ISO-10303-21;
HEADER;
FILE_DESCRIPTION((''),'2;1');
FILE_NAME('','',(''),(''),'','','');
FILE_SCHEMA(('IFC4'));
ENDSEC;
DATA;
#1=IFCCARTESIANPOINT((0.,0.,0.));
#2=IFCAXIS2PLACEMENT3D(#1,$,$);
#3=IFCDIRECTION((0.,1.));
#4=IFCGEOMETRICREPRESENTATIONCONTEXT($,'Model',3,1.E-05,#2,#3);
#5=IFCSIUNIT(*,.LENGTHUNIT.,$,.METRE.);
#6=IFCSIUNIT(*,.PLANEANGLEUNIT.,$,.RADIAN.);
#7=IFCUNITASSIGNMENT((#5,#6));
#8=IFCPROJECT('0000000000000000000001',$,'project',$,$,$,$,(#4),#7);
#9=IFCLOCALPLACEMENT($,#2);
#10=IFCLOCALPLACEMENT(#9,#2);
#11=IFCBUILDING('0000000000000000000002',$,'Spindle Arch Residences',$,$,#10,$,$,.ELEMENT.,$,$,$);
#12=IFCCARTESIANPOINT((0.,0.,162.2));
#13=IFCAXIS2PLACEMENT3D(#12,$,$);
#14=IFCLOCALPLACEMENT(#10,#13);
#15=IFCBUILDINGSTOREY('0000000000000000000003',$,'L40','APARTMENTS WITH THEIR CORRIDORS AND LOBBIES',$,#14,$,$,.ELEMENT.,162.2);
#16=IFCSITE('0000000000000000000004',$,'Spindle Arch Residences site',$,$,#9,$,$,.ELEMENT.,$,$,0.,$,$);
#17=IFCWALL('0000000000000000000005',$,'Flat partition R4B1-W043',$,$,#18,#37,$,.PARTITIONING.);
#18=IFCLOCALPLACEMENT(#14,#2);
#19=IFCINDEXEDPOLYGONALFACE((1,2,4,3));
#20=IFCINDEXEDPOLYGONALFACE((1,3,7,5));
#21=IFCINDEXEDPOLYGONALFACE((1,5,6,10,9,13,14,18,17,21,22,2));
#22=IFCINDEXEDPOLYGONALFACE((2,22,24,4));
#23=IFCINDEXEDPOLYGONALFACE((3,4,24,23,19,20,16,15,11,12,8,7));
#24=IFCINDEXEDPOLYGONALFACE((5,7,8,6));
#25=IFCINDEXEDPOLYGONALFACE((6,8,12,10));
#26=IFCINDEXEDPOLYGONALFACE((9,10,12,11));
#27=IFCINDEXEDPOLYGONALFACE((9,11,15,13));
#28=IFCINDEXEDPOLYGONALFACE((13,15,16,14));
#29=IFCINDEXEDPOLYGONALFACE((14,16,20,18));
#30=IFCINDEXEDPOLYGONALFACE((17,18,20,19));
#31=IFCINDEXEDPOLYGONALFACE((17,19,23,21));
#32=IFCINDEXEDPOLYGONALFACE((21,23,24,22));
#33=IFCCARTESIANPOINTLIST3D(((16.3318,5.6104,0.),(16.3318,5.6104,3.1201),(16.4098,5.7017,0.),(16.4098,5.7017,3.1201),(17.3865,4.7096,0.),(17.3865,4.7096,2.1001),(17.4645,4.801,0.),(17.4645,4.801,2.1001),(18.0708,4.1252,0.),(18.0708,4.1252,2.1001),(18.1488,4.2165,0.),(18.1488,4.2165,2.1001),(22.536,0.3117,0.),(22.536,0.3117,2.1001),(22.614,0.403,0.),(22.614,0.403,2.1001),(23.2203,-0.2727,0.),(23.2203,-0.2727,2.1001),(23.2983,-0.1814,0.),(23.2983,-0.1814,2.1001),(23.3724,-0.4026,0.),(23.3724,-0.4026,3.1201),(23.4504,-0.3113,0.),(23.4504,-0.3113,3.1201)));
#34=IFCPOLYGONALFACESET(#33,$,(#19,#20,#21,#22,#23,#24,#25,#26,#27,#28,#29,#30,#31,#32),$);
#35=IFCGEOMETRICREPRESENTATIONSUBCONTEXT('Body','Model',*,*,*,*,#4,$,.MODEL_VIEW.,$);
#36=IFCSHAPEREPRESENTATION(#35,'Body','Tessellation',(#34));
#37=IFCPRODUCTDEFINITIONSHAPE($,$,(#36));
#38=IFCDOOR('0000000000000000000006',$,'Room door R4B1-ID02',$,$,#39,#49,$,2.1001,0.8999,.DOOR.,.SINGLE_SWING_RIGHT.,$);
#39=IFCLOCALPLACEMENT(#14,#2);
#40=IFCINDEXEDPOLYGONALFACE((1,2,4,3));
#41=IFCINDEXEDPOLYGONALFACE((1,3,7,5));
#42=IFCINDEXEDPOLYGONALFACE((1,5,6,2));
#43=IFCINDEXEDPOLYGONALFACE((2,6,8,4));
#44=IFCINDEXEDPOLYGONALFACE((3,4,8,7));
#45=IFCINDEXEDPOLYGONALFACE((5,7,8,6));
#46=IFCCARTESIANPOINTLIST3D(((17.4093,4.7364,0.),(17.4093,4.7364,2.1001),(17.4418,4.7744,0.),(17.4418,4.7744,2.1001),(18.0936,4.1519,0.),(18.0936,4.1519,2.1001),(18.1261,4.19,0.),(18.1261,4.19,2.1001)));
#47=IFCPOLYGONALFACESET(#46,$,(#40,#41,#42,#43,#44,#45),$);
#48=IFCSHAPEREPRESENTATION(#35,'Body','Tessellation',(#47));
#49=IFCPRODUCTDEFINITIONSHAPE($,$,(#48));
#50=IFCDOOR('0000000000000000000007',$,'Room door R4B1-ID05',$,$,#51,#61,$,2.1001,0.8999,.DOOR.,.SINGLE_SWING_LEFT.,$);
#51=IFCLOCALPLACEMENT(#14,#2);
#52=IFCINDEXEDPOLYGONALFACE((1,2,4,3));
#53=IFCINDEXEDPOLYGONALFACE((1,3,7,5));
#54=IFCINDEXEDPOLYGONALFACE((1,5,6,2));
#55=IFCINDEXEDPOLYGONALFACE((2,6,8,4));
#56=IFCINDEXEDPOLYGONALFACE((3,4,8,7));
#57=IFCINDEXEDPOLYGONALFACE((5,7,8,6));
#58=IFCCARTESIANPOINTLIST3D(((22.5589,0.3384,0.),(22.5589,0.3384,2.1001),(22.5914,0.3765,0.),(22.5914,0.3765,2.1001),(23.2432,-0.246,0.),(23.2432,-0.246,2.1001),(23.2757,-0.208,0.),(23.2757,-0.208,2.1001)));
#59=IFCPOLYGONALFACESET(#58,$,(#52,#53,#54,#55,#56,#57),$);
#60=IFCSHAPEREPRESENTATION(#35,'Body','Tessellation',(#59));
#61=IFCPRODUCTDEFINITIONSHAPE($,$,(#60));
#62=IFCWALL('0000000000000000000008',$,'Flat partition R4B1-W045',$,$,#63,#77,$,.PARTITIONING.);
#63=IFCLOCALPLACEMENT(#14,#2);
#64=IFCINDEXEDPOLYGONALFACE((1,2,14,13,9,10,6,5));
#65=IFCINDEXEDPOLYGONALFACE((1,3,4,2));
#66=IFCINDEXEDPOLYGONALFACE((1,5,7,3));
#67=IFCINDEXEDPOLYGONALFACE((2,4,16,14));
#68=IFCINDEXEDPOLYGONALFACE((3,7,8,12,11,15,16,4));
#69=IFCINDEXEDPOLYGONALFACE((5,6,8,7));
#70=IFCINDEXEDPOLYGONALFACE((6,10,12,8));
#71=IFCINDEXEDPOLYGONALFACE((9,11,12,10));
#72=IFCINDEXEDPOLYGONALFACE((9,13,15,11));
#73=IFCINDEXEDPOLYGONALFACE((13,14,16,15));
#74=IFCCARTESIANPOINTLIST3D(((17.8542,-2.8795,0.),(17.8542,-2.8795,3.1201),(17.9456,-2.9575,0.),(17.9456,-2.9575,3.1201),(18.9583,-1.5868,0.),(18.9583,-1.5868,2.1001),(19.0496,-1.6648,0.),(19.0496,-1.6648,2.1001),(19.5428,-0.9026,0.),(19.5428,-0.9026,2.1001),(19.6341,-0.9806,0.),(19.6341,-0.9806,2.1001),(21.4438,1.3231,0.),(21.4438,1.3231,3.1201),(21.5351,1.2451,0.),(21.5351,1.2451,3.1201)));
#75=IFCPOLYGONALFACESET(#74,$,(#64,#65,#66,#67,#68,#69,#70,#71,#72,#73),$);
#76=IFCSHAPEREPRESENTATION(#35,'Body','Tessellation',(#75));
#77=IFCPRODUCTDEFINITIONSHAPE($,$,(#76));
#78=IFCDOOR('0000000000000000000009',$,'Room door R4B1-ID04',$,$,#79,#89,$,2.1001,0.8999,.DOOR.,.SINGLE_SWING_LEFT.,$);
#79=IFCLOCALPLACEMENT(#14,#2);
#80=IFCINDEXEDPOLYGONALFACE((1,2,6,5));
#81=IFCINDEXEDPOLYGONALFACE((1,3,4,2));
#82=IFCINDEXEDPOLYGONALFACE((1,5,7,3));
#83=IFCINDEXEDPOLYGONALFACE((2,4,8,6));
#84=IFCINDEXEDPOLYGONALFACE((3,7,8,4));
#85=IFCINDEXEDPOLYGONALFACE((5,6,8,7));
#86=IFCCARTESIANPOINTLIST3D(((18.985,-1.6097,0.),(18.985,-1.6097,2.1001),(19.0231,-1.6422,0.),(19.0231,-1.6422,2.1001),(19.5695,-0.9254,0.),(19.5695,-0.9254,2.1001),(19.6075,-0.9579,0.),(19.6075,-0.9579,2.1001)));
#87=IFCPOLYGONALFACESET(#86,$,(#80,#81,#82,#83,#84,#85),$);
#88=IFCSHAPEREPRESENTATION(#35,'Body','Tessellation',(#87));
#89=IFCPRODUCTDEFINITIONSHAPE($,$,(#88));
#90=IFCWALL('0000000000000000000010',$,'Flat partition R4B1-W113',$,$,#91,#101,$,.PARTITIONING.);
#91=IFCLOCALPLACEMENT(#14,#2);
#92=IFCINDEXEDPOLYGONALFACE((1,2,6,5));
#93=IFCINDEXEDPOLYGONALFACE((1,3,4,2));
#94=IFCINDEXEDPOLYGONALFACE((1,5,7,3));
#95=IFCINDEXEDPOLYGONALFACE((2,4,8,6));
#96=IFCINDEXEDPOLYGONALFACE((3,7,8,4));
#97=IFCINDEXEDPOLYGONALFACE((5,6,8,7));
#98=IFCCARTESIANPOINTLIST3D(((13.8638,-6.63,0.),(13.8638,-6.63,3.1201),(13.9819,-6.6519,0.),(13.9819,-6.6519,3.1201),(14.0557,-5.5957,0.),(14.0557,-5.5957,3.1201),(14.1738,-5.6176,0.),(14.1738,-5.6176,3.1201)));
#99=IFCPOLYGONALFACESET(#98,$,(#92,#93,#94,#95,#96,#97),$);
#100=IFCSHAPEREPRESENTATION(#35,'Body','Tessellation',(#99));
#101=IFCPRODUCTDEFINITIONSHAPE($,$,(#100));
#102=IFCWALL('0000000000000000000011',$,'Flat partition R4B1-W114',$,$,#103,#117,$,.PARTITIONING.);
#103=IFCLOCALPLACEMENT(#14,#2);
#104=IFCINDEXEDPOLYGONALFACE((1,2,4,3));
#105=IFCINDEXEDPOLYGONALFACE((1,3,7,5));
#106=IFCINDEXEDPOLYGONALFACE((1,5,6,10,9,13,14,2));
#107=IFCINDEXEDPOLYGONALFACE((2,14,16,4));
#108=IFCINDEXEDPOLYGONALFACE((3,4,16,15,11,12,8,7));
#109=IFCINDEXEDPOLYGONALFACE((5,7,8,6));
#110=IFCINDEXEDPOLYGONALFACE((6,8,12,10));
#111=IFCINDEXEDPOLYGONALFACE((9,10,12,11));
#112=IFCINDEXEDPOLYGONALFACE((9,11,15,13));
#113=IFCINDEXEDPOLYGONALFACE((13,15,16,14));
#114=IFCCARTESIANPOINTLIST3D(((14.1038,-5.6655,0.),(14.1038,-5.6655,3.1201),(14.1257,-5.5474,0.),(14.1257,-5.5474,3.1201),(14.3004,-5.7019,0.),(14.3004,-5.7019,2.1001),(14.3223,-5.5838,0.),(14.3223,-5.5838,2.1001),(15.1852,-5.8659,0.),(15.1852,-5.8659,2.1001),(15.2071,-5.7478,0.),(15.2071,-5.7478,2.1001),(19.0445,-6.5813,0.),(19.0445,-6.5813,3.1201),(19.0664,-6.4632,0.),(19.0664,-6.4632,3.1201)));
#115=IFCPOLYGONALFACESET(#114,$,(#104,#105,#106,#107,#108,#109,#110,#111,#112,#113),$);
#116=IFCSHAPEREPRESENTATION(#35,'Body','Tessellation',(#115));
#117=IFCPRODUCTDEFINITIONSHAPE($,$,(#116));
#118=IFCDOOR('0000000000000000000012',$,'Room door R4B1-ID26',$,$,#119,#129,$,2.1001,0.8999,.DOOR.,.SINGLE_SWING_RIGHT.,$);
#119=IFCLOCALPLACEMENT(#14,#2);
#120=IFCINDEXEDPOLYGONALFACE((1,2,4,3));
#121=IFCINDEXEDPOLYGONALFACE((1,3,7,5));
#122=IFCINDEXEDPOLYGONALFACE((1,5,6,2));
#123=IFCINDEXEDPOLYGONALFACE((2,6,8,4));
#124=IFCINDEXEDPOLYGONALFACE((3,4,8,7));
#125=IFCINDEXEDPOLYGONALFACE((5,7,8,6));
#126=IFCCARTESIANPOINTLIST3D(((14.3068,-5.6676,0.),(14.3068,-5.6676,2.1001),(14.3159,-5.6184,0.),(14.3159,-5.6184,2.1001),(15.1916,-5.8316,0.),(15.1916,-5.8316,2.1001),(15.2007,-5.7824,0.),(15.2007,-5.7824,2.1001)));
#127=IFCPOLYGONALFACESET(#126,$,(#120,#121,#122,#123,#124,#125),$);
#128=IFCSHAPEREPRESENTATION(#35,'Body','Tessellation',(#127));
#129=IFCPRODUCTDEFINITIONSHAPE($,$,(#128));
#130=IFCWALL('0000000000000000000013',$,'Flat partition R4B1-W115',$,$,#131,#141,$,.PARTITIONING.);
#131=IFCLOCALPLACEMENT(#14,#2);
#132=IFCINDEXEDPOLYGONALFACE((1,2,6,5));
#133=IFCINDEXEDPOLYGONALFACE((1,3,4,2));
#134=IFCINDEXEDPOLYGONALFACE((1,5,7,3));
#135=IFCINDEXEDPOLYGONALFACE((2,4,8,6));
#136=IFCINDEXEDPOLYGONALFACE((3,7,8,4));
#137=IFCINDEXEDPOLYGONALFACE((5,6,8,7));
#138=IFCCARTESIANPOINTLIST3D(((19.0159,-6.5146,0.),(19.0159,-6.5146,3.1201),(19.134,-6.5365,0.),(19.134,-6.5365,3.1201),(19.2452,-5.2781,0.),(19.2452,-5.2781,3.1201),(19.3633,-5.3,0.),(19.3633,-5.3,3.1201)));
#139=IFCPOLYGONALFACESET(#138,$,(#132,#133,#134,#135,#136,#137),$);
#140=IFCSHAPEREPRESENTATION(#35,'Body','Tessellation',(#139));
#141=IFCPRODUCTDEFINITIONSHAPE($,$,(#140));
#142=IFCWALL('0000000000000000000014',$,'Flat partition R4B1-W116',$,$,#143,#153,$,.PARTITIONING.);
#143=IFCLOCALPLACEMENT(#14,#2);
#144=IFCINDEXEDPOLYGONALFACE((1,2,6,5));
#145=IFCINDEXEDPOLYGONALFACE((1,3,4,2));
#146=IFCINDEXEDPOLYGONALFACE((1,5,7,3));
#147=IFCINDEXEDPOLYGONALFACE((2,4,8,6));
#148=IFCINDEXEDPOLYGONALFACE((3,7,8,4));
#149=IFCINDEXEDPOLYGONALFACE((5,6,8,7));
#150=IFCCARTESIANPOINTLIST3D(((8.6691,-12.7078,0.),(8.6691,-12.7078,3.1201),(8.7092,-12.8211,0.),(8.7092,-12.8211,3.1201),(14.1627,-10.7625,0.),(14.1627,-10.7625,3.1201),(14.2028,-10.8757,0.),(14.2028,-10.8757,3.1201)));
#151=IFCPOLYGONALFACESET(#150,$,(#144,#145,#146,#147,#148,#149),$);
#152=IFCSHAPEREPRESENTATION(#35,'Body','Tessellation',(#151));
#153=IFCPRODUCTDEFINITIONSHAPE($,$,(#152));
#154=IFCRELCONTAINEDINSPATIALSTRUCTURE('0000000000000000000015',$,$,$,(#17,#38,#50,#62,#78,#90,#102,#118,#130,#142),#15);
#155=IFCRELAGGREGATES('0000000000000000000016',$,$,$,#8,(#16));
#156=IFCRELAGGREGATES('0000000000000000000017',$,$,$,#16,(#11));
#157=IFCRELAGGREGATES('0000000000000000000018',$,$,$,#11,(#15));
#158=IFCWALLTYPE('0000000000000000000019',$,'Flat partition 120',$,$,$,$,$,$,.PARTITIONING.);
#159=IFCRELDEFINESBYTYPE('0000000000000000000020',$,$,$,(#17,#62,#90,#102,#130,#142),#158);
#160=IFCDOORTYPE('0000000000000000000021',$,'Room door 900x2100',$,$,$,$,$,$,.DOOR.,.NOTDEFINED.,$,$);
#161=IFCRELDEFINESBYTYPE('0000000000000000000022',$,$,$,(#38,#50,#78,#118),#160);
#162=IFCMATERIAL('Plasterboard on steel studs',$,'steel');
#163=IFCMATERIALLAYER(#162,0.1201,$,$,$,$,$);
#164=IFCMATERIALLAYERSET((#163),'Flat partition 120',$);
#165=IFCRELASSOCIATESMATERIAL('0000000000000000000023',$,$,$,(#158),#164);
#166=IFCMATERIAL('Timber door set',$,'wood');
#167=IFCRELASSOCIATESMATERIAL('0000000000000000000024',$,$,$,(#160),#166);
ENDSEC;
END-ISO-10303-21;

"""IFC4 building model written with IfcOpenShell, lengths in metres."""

from ifc_helpers import new_model, si_unit, direction, frame, frame_2d, origin, place, context, subcontext, project, spatial, rectangle, extrude, material, layer, layer_set, type_object, element, fill, save


model = new_model("IFC4")

# Units and contexts
model_context = context("Model", 3, precision=1e-05, world=origin(), true_north=direction((0.0, 1.0)))
body_context = subcontext(model_context, "Body", "Model", "MODEL_VIEW")
ifc_project = project(units=[si_unit("LENGTHUNIT", "METRE"), si_unit("PLANEANGLEUNIT", "RADIAN")], contexts=[model_context])

# Site, building, storey
site_placement = place(None, origin())
site = spatial("IfcSite", under=ifc_project, at=site_placement, Name="Spindle Arch Residences site", CompositionType="ELEMENT", RefElevation=0.0)
building_placement = place(site_placement, origin())
building = spatial("IfcBuilding", under=site, at=building_placement, Name="Spindle Arch Residences", CompositionType="ELEMENT")
storey_placement = place(building_placement, frame((0.0, 0.0, 162.2)))
storey = spatial("IfcBuildingStorey", under=building, at=storey_placement, Name="L40", Description="APARTMENTS WITH THEIR CORRIDORS AND LOBBIES", CompositionType="ELEMENT", Elevation=162.2)

# Wall, openings, doors
ifc_material_1 = material(Name="Plasterboard on steel studs", Category="steel")
ifc_layer_1 = layer(ifc_material_1, 0.1201)
ifc_layer_set_1 = layer_set([ifc_layer_1], Name="Flat partition 120")
wall_type_1 = type_object("IfcWallType", Name="Flat partition 120", PredefinedType="PARTITIONING", material=ifc_layer_set_1)
wall_1_placement = place(storey_placement, frame((23.4114, -0.3569, 0.0), z_axis=(0.0, 0.0, 1.0), x_axis=(-0.760419, 0.649433, 0.0)))
wall_1 = element("IfcWall", 1, at=wall_1_placement, inside=storey, type_object=wall_type_1, Name="Flat partition R4B1-W043", PredefinedType="PARTITIONING", context=body_context, shape_type="SweptSolid", body=[
    extrude(rectangle(XDim=9.2588, YDim=0.1201, at=frame_2d((4.6294, 0.0))), origin(), (0.0, 0.0, 1.0), 3.1201),
])
opening_1_placement = place(wall_1_placement, frame((6.9719, 0.0, 0.0)))
opening_1 = element("IfcOpeningElement", 2, at=opening_1_placement, cuts=wall_1, PredefinedType="OPENING", context=body_context, shape_type="SweptSolid", body=[
    extrude(rectangle(XDim=0.8999, YDim=2.1001, at=frame_2d((0.45, 1.05))), frame((0.0, 0.0701, 0.0), z_axis=(0.0, -1.0, 0.0), x_axis=(1.0, 0.0, 0.0)), (0.0, 0.0, 1.0), 0.1401),
])
opening_2_placement = place(wall_1_placement, frame((0.2, 0.0, 0.0)))
opening_2 = element("IfcOpeningElement", 3, at=opening_2_placement, cuts=wall_1, PredefinedType="OPENING", context=body_context, shape_type="SweptSolid", body=[
    extrude(rectangle(XDim=0.8999, YDim=2.1001, at=frame_2d((0.45, 1.05))), frame((0.0, 0.0701, 0.0), z_axis=(0.0, -1.0, 0.0), x_axis=(1.0, 0.0, 0.0)), (0.0, 0.0, 1.0), 0.1401),
])
ifc_material_2 = material(Name="Timber door set", Category="wood")
door_type = type_object("IfcDoorType", Name="Room door 900x2100", OperationType="NOTDEFINED", PredefinedType="DOOR", material=ifc_material_2)
door_1_placement = place(opening_1_placement, origin())
door_1 = element("IfcDoor", 4, at=door_1_placement, inside=storey, type_object=door_type, Name="Room door R4B1-ID02", OperationType="SINGLE_SWING_RIGHT", OverallHeight=2.1001, OverallWidth=0.8999, PredefinedType="DOOR", context=body_context, shape_type="SweptSolid", body=[
    extrude(rectangle(XDim=0.8999, YDim=2.1001, at=frame_2d((0.45, 1.05))), frame((0.0, 0.0249, 0.0), z_axis=(0.0, -1.0, 0.0), x_axis=(1.0, 0.0, 0.0)), (0.0, 0.0, 1.0), 0.05),
])
fill(opening_1, door_1)
door_2_placement = place(opening_2_placement, origin())
door_2 = element("IfcDoor", 5, at=door_2_placement, inside=storey, type_object=door_type, Name="Room door R4B1-ID05", OperationType="SINGLE_SWING_LEFT", OverallHeight=2.1001, OverallWidth=0.8999, PredefinedType="DOOR", context=body_context, shape_type="SweptSolid", body=[
    extrude(rectangle(XDim=0.8999, YDim=2.1001, at=frame_2d((0.45, 1.05))), frame((0.0, 0.0249, 0.0), z_axis=(0.0, -1.0, 0.0), x_axis=(1.0, 0.0, 0.0)), (0.0, 0.0, 1.0), 0.05),
])
fill(opening_2, door_2)

# Wall, opening, door
wall_2_placement = place(storey_placement, frame((17.8999, -2.9185, 0.0), z_axis=(0.0, 0.0, 1.0), x_axis=(0.64947, 0.760387, 0.0)))
wall_2 = element("IfcWall", 6, at=wall_2_placement, inside=storey, type_object=wall_type_1, Name="Flat partition R4B1-W045", PredefinedType="PARTITIONING", context=body_context, shape_type="SweptSolid", body=[
    extrude(rectangle(XDim=5.5269, YDim=0.1201, at=frame_2d((2.7634, 0.0))), origin(), (0.0, 0.0, 1.0), 3.1201),
])
opening_3_placement = place(wall_2_placement, frame((1.7, 0.0, 0.0)))
opening_3 = element("IfcOpeningElement", 7, at=opening_3_placement, cuts=wall_2, PredefinedType="OPENING", context=body_context, shape_type="SweptSolid", body=[
    extrude(rectangle(XDim=0.8999, YDim=2.1001, at=frame_2d((0.45, 1.05))), frame((0.0, 0.0701, 0.0), z_axis=(0.0, -1.0, 0.0), x_axis=(1.0, 0.0, 0.0)), (0.0, 0.0, 1.0), 0.1401),
])
door_3_placement = place(opening_3_placement, origin())
door_3 = element("IfcDoor", 8, at=door_3_placement, inside=storey, type_object=door_type, Name="Room door R4B1-ID04", OperationType="SINGLE_SWING_LEFT", OverallHeight=2.1001, OverallWidth=0.8999, PredefinedType="DOOR", context=body_context, shape_type="SweptSolid", body=[
    extrude(rectangle(XDim=0.8999, YDim=2.1001, at=frame_2d((0.45, 1.05))), frame((0.0, 0.0249, 0.0), z_axis=(0.0, -1.0, 0.0), x_axis=(1.0, 0.0, 0.0)), (0.0, 0.0, 1.0), 0.05),
])
fill(opening_3, door_3)

# Wall
wall_3_placement = place(storey_placement, frame((13.9229, -6.6409, 0.0), z_axis=(0.0, 0.0, 1.0), x_axis=(0.182397, 0.983225, 0.0)))
element("IfcWall", 9, at=wall_3_placement, inside=storey, type_object=wall_type_1, Name="Flat partition R4B1-W113", PredefinedType="PARTITIONING", context=body_context, shape_type="SweptSolid", body=[
    extrude(rectangle(XDim=1.052, YDim=0.1201, at=frame_2d((0.5259, 0.0))), origin(), (0.0, 0.0, 1.0), 3.1201),
])

# Wall, opening, door
wall_4_placement = place(storey_placement, frame((14.1147, -5.6064, 0.0), z_axis=(0.0, 0.0, 1.0), x_axis=(0.983252, -0.182249, 0.0)))
wall_4 = element("IfcWall", 10, at=wall_4_placement, inside=storey, type_object=wall_type_1, Name="Flat partition R4B1-W114", PredefinedType="PARTITIONING", context=body_context, shape_type="SweptSolid", body=[
    extrude(rectangle(XDim=5.0249, YDim=0.1201, at=frame_2d((2.5125, 0.0))), origin(), (0.0, 0.0, 1.0), 3.1201),
])
opening_4_placement = place(wall_4_placement, frame((0.2, 0.0, 0.0)))
opening_4 = element("IfcOpeningElement", 11, at=opening_4_placement, cuts=wall_4, PredefinedType="OPENING", context=body_context, shape_type="SweptSolid", body=[
    extrude(rectangle(XDim=0.8999, YDim=2.1001, at=frame_2d((0.45, 1.05))), frame((0.0, 0.0701, 0.0), z_axis=(0.0, -1.0, 0.0), x_axis=(1.0, 0.0, 0.0)), (0.0, 0.0, 1.0), 0.1401),
])
door_4_placement = place(opening_4_placement, origin())
door_4 = element("IfcDoor", 12, at=door_4_placement, inside=storey, type_object=door_type, Name="Room door R4B1-ID26", OperationType="SINGLE_SWING_RIGHT", OverallHeight=2.1001, OverallWidth=0.8999, PredefinedType="DOOR", context=body_context, shape_type="SweptSolid", body=[
    extrude(rectangle(XDim=0.8999, YDim=2.1001, at=frame_2d((0.45, 1.05))), frame((0.0, 0.0249, 0.0), z_axis=(0.0, -1.0, 0.0), x_axis=(1.0, 0.0, 0.0)), (0.0, 0.0, 1.0), 0.05),
])
fill(opening_4, door_4)

# Walls
wall_5_placement = place(storey_placement, frame((19.075, -6.5256, 0.0), z_axis=(0.0, 0.0, 1.0), x_axis=(0.182284, 0.983246, 0.0)))
element("IfcWall", 13, at=wall_5_placement, inside=storey, type_object=wall_type_1, Name="Flat partition R4B1-W115", PredefinedType="PARTITIONING", context=body_context, shape_type="SweptSolid", body=[
    extrude(rectangle(XDim=1.2576, YDim=0.1201, at=frame_2d((0.6289, 0.0))), origin(), (0.0, 0.0, 1.0), 3.1201),
])
wall_6_placement = place(storey_placement, frame((14.1829, -10.8191, 0.0), z_axis=(0.0, 0.0, 1.0), x_axis=(-0.942646, -0.333793, 0.0)))
element("IfcWall", 14, at=wall_6_placement, inside=storey, type_object=wall_type_1, Name="Flat partition R4B1-W116", PredefinedType="PARTITIONING", context=body_context, shape_type="SweptSolid", body=[
    extrude(rectangle(XDim=5.8279, YDim=0.1201, at=frame_2d((2.9141, 0.0))), origin(), (0.0, 0.0, 1.0), 3.1201),
])

save(model, "model.ifc")
